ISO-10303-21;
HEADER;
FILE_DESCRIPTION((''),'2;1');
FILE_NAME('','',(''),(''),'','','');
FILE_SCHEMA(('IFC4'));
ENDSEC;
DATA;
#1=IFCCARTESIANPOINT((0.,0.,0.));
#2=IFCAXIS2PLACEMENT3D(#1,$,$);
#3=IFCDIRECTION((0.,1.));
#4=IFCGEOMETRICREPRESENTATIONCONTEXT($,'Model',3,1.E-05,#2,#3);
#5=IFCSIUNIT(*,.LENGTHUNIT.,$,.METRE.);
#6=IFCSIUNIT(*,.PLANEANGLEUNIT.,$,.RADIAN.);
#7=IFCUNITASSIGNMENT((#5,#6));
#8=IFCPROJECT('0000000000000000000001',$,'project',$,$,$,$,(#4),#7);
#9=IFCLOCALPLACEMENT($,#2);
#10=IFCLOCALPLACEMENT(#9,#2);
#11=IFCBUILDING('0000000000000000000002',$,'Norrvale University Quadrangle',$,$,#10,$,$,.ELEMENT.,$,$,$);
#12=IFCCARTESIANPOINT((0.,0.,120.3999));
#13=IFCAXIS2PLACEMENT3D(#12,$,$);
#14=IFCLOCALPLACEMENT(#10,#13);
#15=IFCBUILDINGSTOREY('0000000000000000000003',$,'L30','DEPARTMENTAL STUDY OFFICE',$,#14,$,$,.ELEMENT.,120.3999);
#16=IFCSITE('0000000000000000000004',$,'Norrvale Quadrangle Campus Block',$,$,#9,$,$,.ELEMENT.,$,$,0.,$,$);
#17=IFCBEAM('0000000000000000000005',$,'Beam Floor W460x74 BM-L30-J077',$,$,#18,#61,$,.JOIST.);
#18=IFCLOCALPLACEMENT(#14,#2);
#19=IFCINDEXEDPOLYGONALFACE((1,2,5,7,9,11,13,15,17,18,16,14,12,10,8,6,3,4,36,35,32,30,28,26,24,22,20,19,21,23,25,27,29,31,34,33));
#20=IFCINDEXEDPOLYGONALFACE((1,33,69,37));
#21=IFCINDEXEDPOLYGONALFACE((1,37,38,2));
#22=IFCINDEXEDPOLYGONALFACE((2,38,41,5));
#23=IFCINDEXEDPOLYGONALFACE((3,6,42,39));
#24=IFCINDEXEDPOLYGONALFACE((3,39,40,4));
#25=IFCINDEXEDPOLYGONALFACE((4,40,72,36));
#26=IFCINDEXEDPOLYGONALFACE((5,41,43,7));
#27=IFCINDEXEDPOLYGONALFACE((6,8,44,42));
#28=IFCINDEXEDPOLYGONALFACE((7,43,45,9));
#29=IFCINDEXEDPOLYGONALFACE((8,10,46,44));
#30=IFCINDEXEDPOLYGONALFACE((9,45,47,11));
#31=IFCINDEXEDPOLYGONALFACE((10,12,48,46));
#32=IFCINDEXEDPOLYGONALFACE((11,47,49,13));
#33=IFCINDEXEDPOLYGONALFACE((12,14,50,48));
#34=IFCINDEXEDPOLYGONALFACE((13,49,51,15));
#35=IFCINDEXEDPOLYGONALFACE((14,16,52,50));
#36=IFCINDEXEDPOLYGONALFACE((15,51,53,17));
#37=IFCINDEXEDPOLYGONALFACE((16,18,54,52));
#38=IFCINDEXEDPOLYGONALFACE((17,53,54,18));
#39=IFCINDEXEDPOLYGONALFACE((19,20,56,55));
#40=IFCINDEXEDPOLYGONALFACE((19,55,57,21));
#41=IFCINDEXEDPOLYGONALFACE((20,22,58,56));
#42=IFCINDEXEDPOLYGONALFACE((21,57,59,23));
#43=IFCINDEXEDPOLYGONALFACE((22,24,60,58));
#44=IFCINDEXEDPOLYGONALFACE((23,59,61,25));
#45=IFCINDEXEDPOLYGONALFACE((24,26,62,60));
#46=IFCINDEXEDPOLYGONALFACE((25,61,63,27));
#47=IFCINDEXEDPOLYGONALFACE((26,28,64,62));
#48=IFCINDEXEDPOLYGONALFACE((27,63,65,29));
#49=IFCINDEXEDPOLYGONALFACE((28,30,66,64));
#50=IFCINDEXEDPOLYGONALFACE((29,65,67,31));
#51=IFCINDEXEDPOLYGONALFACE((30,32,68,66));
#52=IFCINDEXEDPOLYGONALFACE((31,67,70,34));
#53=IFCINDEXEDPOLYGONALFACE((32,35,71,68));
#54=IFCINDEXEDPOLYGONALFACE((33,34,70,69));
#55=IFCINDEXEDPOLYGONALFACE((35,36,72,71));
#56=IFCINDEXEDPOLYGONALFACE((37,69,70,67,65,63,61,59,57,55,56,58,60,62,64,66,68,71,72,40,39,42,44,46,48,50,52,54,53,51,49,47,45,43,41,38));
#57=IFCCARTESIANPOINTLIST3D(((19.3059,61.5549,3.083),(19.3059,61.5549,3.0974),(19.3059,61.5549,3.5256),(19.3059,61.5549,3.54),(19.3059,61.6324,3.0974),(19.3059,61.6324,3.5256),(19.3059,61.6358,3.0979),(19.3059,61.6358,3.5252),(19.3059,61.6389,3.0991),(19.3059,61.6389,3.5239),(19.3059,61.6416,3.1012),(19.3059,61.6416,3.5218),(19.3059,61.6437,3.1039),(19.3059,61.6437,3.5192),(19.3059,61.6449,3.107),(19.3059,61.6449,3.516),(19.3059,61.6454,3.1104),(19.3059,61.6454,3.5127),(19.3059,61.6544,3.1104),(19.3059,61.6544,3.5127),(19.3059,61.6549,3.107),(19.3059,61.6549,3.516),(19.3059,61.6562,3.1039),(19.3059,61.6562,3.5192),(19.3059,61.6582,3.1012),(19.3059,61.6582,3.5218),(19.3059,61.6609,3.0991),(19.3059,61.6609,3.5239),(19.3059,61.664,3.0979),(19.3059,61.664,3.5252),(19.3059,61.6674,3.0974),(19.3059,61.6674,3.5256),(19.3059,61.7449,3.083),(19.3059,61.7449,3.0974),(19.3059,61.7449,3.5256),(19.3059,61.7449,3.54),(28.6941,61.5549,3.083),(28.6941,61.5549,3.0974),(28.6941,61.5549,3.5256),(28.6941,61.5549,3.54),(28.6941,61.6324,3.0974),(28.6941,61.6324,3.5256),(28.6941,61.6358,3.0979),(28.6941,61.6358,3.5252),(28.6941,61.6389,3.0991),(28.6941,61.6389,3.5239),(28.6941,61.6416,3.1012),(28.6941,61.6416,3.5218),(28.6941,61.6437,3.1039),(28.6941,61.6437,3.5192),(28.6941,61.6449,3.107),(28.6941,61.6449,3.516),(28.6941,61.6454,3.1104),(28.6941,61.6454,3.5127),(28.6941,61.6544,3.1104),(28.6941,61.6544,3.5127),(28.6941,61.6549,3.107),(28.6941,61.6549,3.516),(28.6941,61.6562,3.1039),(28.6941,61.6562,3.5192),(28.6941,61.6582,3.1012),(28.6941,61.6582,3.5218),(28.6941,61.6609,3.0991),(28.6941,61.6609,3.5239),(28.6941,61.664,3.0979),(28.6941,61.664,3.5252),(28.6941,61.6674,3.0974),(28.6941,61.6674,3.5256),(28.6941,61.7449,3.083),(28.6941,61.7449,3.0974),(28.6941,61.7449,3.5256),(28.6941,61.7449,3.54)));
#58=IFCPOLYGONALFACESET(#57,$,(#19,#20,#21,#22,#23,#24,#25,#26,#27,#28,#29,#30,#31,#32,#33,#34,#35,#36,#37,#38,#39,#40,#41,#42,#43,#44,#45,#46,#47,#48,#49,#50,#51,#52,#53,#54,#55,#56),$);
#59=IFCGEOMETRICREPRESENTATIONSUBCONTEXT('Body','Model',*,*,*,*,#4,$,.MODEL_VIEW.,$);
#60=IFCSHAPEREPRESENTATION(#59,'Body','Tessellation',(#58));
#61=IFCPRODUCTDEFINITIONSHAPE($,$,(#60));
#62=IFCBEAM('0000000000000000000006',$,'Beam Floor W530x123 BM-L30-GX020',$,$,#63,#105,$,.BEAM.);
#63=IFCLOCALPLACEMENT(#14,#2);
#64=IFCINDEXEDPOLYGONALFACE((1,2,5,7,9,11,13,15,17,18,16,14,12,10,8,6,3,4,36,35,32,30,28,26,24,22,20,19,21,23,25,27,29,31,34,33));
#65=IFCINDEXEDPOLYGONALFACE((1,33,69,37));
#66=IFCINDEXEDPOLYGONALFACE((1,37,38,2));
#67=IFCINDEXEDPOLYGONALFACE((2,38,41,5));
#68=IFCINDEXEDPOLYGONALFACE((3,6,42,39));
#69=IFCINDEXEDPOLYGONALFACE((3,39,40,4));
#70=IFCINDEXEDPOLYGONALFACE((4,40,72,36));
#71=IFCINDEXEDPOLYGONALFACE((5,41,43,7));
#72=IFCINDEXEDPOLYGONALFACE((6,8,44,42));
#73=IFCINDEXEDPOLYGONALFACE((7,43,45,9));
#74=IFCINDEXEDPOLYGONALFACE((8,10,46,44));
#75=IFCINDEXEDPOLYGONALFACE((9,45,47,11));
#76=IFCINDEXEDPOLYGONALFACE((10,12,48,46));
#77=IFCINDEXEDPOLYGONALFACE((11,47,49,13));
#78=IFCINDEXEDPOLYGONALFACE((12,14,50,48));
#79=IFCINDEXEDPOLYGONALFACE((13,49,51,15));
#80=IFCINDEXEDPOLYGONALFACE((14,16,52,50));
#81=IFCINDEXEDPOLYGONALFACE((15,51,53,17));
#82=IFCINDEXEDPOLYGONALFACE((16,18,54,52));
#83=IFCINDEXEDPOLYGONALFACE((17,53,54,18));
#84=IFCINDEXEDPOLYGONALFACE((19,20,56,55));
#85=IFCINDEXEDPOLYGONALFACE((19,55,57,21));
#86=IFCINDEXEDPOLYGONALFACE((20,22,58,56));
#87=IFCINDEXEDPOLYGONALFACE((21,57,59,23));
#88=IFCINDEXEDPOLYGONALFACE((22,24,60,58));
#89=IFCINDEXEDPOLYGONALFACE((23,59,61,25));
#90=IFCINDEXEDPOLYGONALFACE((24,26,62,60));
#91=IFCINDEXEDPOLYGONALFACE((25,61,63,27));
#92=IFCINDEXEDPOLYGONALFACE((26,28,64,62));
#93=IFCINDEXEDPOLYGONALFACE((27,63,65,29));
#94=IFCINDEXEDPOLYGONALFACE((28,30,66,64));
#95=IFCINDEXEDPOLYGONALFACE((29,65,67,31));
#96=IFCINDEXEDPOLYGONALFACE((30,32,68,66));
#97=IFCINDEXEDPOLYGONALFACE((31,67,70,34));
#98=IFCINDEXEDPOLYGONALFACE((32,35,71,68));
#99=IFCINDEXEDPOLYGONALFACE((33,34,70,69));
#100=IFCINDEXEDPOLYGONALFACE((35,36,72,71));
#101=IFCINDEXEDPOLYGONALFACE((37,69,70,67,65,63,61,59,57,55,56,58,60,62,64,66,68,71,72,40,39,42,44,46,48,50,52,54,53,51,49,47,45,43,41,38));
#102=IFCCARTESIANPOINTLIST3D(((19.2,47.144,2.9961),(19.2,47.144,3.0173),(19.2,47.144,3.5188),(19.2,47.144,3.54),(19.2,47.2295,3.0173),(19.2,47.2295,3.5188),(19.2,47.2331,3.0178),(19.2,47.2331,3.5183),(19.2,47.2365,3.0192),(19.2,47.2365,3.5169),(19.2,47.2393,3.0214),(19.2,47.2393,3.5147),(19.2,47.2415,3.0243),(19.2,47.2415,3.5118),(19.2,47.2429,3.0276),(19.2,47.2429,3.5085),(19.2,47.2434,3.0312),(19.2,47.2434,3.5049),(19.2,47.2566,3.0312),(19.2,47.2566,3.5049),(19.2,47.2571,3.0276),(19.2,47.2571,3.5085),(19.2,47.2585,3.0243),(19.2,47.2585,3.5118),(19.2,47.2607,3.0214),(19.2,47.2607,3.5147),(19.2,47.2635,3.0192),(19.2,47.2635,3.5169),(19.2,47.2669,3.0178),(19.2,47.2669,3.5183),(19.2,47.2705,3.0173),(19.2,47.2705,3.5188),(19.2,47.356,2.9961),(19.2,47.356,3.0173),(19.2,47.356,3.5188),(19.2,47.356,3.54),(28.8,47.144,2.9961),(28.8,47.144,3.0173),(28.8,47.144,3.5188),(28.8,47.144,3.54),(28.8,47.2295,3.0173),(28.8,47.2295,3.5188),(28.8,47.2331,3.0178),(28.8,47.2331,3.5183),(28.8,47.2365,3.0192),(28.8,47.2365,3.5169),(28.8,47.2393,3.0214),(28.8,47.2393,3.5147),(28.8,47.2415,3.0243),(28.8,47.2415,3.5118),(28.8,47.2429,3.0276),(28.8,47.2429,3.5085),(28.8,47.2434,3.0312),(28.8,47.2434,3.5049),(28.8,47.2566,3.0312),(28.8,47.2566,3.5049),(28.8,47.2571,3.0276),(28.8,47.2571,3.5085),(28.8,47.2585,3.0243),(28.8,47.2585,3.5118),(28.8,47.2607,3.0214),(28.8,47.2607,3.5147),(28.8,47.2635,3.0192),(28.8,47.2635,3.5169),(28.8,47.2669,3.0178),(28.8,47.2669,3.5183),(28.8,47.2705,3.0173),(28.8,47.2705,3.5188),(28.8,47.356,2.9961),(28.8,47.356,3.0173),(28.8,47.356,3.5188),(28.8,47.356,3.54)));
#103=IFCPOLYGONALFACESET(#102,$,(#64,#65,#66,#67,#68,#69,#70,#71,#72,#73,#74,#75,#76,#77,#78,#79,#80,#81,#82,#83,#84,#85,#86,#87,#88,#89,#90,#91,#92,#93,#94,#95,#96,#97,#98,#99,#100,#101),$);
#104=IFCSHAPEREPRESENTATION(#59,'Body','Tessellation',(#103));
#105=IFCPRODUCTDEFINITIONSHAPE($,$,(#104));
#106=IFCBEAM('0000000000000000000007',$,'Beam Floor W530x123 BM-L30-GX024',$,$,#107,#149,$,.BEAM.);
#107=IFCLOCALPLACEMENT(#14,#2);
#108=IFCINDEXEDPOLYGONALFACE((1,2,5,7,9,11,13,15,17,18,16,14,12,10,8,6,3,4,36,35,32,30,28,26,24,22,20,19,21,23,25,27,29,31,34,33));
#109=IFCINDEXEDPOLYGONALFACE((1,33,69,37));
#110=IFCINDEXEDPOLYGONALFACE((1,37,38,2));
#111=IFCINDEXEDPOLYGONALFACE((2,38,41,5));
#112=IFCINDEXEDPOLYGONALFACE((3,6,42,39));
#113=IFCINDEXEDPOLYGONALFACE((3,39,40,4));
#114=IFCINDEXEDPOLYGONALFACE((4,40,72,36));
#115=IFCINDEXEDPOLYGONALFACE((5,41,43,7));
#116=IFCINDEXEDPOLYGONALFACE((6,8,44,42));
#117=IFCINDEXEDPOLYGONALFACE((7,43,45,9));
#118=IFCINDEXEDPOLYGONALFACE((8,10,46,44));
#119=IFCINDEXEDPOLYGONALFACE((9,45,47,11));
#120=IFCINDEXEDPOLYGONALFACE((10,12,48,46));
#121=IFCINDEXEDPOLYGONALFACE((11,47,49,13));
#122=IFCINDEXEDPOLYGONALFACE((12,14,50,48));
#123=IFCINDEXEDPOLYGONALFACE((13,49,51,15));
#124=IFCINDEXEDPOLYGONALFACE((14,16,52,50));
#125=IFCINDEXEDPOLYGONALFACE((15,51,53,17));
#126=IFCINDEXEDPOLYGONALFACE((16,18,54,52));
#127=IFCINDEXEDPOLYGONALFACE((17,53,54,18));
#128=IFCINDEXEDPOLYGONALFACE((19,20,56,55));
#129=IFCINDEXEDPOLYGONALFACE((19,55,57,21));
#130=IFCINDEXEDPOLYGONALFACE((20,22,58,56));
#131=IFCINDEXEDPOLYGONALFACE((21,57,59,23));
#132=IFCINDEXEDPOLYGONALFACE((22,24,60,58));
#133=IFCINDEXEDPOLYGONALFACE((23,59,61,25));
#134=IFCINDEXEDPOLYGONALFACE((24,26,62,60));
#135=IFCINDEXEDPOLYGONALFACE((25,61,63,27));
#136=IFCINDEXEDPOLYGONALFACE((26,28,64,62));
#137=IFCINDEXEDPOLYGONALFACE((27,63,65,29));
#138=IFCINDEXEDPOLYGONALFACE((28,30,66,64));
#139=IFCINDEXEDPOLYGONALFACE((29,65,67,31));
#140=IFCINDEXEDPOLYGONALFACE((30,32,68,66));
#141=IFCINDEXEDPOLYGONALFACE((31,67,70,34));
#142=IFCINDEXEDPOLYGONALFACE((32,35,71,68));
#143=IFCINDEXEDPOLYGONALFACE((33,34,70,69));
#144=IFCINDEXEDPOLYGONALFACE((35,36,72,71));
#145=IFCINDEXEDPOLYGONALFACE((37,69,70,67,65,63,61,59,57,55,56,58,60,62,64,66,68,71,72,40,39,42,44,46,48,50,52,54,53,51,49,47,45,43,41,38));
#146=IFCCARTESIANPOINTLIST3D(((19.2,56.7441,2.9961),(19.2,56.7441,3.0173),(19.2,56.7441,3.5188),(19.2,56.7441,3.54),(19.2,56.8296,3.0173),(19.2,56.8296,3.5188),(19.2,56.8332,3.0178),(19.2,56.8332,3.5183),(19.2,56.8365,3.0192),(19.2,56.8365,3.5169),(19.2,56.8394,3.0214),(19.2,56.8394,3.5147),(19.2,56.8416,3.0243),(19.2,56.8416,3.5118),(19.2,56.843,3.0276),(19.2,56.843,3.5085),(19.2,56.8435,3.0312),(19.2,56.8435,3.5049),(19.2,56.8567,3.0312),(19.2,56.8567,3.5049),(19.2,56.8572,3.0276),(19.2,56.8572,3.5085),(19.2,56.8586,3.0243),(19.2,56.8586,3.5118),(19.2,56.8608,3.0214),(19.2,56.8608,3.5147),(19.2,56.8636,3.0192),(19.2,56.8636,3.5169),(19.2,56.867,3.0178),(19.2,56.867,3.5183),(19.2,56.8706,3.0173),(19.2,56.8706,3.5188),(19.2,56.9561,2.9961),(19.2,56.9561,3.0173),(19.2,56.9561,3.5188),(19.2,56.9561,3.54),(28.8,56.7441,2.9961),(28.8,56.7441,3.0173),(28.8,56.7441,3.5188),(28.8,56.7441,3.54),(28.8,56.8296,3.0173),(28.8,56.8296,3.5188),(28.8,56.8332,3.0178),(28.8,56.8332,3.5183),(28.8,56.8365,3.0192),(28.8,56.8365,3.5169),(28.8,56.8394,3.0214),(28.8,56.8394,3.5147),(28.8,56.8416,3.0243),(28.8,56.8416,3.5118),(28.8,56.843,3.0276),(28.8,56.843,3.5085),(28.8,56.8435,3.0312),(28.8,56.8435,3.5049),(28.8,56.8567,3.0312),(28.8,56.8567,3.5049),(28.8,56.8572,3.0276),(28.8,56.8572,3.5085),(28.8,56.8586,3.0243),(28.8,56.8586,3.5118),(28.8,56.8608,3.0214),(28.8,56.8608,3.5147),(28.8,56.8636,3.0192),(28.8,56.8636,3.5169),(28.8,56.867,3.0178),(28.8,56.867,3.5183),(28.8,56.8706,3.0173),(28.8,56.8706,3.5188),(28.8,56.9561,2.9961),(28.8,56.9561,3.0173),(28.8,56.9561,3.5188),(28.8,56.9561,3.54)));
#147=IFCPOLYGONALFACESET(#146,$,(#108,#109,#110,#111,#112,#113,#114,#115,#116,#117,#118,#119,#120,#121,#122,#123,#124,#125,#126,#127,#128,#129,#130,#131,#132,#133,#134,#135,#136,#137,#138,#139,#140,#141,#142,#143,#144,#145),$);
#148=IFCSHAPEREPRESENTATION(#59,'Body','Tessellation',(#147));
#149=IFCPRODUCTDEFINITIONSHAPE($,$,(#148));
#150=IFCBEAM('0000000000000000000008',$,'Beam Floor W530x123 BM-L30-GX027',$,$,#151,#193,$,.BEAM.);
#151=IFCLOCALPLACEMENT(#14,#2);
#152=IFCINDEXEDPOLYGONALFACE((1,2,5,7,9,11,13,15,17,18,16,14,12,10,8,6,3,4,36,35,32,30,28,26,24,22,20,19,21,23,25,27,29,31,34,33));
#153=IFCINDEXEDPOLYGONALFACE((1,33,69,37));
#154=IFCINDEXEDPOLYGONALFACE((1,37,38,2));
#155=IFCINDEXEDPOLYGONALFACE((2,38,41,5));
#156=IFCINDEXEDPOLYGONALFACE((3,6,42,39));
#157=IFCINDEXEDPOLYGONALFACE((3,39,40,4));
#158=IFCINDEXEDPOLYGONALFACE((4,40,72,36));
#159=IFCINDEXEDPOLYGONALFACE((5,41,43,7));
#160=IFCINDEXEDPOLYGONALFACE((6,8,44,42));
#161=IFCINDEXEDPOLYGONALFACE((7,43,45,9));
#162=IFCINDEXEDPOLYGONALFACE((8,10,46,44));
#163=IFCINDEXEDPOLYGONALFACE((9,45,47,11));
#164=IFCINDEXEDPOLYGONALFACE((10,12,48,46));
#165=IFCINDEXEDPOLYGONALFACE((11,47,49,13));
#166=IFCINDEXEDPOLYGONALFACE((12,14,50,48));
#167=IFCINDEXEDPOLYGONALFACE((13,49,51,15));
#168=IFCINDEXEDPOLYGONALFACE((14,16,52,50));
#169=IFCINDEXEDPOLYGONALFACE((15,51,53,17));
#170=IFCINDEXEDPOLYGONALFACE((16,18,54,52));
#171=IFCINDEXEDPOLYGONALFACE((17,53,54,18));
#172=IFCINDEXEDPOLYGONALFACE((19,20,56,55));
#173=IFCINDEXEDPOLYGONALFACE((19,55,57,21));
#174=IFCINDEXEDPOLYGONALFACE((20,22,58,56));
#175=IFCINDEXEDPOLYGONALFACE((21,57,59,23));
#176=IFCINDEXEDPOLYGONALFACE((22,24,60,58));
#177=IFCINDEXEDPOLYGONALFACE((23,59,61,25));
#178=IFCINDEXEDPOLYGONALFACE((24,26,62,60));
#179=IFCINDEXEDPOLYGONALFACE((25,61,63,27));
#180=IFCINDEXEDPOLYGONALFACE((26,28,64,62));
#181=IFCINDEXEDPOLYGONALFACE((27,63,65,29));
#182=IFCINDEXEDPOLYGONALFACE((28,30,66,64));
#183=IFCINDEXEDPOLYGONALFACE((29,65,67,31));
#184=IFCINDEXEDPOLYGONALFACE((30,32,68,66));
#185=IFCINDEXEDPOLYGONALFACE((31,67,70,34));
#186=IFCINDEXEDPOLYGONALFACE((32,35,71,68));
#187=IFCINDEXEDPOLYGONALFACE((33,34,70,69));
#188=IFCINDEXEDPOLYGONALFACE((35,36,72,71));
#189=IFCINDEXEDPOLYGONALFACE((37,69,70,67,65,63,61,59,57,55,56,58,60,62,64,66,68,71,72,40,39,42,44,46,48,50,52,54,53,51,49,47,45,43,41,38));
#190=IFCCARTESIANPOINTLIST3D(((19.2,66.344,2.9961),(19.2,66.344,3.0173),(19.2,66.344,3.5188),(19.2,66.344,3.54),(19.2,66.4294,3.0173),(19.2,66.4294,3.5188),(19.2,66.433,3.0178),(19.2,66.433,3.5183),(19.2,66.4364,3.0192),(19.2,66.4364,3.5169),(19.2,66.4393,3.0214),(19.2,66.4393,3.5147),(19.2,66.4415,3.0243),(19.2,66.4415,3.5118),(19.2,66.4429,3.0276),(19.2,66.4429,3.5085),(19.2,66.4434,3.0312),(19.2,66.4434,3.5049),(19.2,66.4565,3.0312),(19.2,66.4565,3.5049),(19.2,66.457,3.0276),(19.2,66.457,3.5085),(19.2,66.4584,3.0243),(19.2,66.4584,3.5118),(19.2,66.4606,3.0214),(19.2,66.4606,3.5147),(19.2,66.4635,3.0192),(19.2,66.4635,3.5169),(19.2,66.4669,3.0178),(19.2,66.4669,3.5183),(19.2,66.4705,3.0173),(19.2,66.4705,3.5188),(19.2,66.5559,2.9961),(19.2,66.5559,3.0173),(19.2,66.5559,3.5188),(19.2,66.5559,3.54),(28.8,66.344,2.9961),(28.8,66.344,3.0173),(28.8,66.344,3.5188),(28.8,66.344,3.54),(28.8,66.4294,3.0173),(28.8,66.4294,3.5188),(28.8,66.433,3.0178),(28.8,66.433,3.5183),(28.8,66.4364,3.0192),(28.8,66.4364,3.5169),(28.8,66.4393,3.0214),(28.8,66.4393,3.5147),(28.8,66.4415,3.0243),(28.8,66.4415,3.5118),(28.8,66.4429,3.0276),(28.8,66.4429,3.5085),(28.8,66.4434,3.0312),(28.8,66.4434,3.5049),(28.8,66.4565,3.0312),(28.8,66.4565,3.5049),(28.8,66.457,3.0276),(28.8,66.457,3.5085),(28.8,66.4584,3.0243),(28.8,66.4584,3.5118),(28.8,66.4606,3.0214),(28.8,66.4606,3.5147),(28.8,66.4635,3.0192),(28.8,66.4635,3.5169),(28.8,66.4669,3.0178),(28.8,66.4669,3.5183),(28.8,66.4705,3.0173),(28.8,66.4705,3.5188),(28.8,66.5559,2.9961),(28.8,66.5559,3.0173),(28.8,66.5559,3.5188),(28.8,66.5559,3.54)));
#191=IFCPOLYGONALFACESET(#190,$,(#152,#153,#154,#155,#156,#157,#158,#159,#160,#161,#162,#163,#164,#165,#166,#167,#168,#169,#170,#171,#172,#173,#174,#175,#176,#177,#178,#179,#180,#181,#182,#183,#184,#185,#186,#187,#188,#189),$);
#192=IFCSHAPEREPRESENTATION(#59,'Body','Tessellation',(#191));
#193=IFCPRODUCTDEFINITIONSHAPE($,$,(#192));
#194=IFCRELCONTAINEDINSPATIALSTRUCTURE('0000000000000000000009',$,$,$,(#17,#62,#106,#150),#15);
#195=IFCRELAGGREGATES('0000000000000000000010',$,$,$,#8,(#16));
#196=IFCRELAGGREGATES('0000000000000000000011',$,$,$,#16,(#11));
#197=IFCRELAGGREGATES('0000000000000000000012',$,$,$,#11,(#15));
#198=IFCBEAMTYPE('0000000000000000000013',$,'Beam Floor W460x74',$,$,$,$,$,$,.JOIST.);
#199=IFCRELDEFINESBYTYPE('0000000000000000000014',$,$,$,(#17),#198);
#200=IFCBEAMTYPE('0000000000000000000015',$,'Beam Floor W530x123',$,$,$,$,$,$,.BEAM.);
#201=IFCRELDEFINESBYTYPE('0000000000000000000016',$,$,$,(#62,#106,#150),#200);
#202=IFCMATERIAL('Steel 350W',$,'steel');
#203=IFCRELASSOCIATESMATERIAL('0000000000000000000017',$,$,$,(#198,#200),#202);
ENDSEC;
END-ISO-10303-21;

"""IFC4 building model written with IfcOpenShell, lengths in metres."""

from ifc_helpers import new_model, si_unit, direction, frame, origin, origin_2d, place, context, subcontext, project, spatial, i_section, extrude, material, material_profile, profile_set, type_object, element, save


model = new_model("IFC4")

# Units and contexts
model_context = context("Model", 3, precision=1e-05, world=origin(), true_north=direction((0.0, 1.0)))
body_context = subcontext(model_context, "Body", "Model", "MODEL_VIEW")
ifc_project = project(units=[si_unit("LENGTHUNIT", "METRE"), si_unit("PLANEANGLEUNIT", "RADIAN")], contexts=[model_context])

# Site, building, storey
site_placement = place(None, origin())
site = spatial("IfcSite", under=ifc_project, at=site_placement, Name="Norrvale Quadrangle Campus Block", CompositionType="ELEMENT", RefElevation=0.0)
building_placement = place(site_placement, origin())
building = spatial("IfcBuilding", under=site, at=building_placement, Name="Norrvale University Quadrangle", CompositionType="ELEMENT")
storey_placement = place(building_placement, frame((0.0, 0.0, 120.3999)))
storey = spatial("IfcBuildingStorey", under=building, at=storey_placement, Name="L30", Description="DEPARTMENTAL STUDY OFFICE", CompositionType="ELEMENT", Elevation=120.3999)

# Beams
ifc_material_1 = material(Name="Steel 350W", Category="steel")
ifc_material_profile_1 = material_profile(ifc_material_1, i_section(OverallWidth=0.1899, OverallDepth=0.457, WebThickness=0.009, FlangeThickness=0.0144, FilletRadius=0.0129, at=origin_2d()), Name="Steel 350W")
ifc_profile_set_1 = profile_set([ifc_material_profile_1], Name="Steel 350W")
beam_type_1 = type_object("IfcBeamType", Name="Beam Floor W460x74", PredefinedType="JOIST", material=ifc_profile_set_1)
for number, where, z_axis, x_axis, name in (
    (1, (19.3059, 61.6499, 3.3115), (1.0, 0.0, 0.0), (0.0, 1.0, 0.0), "Beam Floor W460x74 BM-L30-J077"),
):
    element("IfcBeam", number, at=place(storey_placement, frame(where, z_axis=z_axis, x_axis=x_axis)), inside=storey, type_object=beam_type_1, Name=name, PredefinedType="JOIST", context=body_context, shape_type="SweptSolid", body=[
        extrude(i_section(OverallWidth=0.1899, OverallDepth=0.457, WebThickness=0.009, FlangeThickness=0.0144, FilletRadius=0.0129, at=origin_2d()), origin(), (0.0, 0.0, 1.0), 9.3882),
    ])
ifc_material_profile_2 = material_profile(ifc_material_1, i_section(OverallWidth=0.2119, OverallDepth=0.5439, WebThickness=0.0132, FlangeThickness=0.0212, FilletRadius=0.0139, at=origin_2d()), Name="Steel 350W")
ifc_profile_set_2 = profile_set([ifc_material_profile_2], Name="Steel 350W")
beam_type_2 = type_object("IfcBeamType", Name="Beam Floor W530x123", PredefinedType="BEAM", material=ifc_profile_set_2)
for number, where, z_axis, x_axis, name in (
    (2, (19.2, 47.25, 3.2681), (1.0, 0.0, 0.0), (0.0, 1.0, 0.0), "Beam Floor W530x123 BM-L30-GX020"),
    (3, (19.2, 56.8501, 3.2681), (1.0, 0.0, 0.0), (0.0, 1.0, 0.0), "Beam Floor W530x123 BM-L30-GX024"),
    (4, (19.2, 66.45, 3.2681), (1.0, 0.0, 0.0), (0.0, 1.0, 0.0), "Beam Floor W530x123 BM-L30-GX027"),
):
    element("IfcBeam", number, at=place(storey_placement, frame(where, z_axis=z_axis, x_axis=x_axis)), inside=storey, type_object=beam_type_2, Name=name, PredefinedType="BEAM", context=body_context, shape_type="SweptSolid", body=[
        extrude(i_section(OverallWidth=0.2119, OverallDepth=0.5439, WebThickness=0.0132, FlangeThickness=0.0212, FilletRadius=0.0139, at=origin_2d()), origin(), (0.0, 0.0, 1.0), 9.6001),
    ])

save(model, "model.ifc")
